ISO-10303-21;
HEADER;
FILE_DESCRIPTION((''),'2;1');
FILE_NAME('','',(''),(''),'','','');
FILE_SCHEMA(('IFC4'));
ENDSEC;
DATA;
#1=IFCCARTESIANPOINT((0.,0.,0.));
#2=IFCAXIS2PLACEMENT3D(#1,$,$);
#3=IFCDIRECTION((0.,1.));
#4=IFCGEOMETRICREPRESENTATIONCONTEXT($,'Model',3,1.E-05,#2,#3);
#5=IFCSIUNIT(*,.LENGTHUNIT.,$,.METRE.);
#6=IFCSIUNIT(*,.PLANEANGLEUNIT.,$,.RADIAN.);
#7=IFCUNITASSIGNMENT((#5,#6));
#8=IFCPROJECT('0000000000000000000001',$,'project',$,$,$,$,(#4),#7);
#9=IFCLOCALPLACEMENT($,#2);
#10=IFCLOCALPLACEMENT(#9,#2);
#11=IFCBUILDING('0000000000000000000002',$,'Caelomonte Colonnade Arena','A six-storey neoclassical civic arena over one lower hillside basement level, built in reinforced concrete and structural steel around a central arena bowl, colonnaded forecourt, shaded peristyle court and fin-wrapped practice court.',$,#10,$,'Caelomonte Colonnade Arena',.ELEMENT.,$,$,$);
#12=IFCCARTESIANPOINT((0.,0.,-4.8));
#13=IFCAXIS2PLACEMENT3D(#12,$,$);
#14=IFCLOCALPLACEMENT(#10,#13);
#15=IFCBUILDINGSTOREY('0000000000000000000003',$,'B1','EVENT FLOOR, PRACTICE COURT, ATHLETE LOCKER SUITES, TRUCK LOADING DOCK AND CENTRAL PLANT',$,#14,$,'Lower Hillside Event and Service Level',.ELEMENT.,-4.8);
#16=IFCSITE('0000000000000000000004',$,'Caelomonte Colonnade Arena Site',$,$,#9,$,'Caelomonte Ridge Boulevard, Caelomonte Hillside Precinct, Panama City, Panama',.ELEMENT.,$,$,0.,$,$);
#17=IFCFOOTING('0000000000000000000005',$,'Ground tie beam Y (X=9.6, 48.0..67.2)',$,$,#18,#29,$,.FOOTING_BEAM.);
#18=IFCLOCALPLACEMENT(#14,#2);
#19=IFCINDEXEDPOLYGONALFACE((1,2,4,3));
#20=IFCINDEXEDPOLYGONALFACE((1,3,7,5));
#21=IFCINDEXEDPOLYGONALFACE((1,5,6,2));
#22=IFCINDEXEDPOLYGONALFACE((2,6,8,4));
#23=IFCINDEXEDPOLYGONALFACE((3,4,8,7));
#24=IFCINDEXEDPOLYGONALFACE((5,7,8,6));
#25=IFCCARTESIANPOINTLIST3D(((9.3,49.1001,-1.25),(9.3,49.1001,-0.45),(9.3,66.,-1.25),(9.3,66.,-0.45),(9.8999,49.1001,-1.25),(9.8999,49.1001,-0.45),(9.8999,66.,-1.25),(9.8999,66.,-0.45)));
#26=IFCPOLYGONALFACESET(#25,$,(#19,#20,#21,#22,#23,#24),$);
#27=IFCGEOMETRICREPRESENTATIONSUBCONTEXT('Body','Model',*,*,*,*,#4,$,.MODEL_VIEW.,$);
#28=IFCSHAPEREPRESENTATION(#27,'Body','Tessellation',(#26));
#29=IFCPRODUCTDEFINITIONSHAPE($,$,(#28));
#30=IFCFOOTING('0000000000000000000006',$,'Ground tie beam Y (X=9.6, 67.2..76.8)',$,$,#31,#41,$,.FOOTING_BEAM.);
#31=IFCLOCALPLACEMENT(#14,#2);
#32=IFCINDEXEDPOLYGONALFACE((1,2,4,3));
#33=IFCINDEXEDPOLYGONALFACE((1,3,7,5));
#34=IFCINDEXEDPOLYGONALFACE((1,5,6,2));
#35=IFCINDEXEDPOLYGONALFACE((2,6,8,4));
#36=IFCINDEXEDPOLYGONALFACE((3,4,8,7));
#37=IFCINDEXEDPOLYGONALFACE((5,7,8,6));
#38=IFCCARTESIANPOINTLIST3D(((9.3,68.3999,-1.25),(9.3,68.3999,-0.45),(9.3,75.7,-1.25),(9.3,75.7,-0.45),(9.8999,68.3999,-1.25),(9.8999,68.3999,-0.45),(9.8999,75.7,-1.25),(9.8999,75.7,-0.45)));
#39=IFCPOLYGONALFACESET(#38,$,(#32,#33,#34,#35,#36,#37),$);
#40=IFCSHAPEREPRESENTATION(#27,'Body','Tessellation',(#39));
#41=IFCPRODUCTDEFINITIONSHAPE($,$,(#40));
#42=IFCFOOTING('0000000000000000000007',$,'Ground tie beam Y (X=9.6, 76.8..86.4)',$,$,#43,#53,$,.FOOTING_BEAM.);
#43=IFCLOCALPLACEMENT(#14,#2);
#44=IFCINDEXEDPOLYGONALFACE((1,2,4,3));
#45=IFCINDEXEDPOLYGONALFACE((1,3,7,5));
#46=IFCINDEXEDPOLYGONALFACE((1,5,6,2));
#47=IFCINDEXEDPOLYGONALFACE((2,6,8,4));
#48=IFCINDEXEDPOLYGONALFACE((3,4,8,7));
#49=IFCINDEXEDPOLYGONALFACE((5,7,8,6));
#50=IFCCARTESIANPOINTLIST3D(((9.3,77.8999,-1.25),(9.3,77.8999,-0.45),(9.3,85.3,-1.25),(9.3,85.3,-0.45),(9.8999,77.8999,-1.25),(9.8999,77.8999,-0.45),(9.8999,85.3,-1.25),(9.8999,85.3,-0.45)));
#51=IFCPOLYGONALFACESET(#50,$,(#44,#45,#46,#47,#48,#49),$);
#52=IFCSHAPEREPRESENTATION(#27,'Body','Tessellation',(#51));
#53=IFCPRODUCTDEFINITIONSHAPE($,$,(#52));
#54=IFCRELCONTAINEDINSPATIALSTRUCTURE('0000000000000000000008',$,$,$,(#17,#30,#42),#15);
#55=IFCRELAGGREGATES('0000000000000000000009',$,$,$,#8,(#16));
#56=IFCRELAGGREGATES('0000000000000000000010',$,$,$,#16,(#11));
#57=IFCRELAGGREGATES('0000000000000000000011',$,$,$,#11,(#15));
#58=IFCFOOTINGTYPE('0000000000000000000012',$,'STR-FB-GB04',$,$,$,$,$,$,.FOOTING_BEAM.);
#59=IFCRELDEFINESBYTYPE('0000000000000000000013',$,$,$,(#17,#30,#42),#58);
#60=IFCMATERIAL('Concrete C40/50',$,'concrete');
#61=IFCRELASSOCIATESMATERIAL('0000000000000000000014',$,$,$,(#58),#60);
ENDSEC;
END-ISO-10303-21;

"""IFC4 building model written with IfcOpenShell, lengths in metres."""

from ifc_helpers import new_model, si_unit, direction, frame, origin, place, context, subcontext, project, spatial, polyline, outline, extrude, material, type_object, element, save


model = new_model("IFC4")

# Units and contexts
model_context = context("Model", 3, precision=1e-05, world=origin(), true_north=direction((0.0, 1.0)))
body_context = subcontext(model_context, "Body", "Model", "MODEL_VIEW")
ifc_project = project(units=[si_unit("LENGTHUNIT", "METRE"), si_unit("PLANEANGLEUNIT", "RADIAN")], contexts=[model_context])

# Site, building, storey
site_placement = place(None, origin())
site = spatial("IfcSite", under=ifc_project, at=site_placement, Name="Caelomonte Colonnade Arena Site", LongName="Caelomonte Ridge Boulevard, Caelomonte Hillside Precinct, Panama City, Panama", CompositionType="ELEMENT", RefElevation=0.0)
building_placement = place(site_placement, origin())
building = spatial("IfcBuilding", under=site, at=building_placement, Name="Caelomonte Colonnade Arena", Description="A six-storey neoclassical civic arena over one lower hillside basement level, built in reinforced concrete and structural steel around a central arena bowl, colonnaded forecourt, shaded peristyle court and fin-wrapped practice court.", LongName="Caelomonte Colonnade Arena", CompositionType="ELEMENT")
storey_placement = place(building_placement, frame((0.0, 0.0, -4.8)))
storey = spatial("IfcBuildingStorey", under=building, at=storey_placement, Name="B1", Description="EVENT FLOOR, PRACTICE COURT, ATHLETE LOCKER SUITES, TRUCK LOADING DOCK AND CENTRAL PLANT", LongName="Lower Hillside Event and Service Level", CompositionType="ELEMENT", Elevation=-4.8)

# Footings
ifc_material = material(Name="Concrete C40/50", Category="concrete")
footing_type_1 = type_object("IfcFootingType", Name="STR-FB-GB04", PredefinedType="FOOTING_BEAM", material=ifc_material)
footing_1_placement = place(storey_placement, frame((0.0, 0.0, -1.25)))
element("IfcFooting", 1, at=footing_1_placement, inside=storey, type_object=footing_type_1, Name="Ground tie beam Y (X=9.6, 48.0..67.2)", PredefinedType="FOOTING_BEAM", context=body_context, shape_type="SweptSolid", body=[
    extrude(outline(polyline([(9.3, 49.1001), (9.8999, 49.1001), (9.8999, 66.0), (9.3, 66.0), (9.3, 49.1001)])), origin(), (0.0, 0.0, 1.0), 0.8),
])
footing_2_placement = place(storey_placement, frame((0.0, 0.0, -1.25)))
element("IfcFooting", 2, at=footing_2_placement, inside=storey, type_object=footing_type_1, Name="Ground tie beam Y (X=9.6, 67.2..76.8)", PredefinedType="FOOTING_BEAM", context=body_context, shape_type="SweptSolid", body=[
    extrude(outline(polyline([(9.3, 68.3999), (9.8999, 68.3999), (9.8999, 75.7), (9.3, 75.7), (9.3, 68.3999)])), origin(), (0.0, 0.0, 1.0), 0.8),
])
footing_3_placement = place(storey_placement, frame((0.0, 0.0, -1.25)))
element("IfcFooting", 3, at=footing_3_placement, inside=storey, type_object=footing_type_1, Name="Ground tie beam Y (X=9.6, 76.8..86.4)", PredefinedType="FOOTING_BEAM", context=body_context, shape_type="SweptSolid", body=[
    extrude(outline(polyline([(9.3, 77.8999), (9.8999, 77.8999), (9.8999, 85.3), (9.3, 85.3), (9.3, 77.8999)])), origin(), (0.0, 0.0, 1.0), 0.8),
])

save(model, "model.ifc")
